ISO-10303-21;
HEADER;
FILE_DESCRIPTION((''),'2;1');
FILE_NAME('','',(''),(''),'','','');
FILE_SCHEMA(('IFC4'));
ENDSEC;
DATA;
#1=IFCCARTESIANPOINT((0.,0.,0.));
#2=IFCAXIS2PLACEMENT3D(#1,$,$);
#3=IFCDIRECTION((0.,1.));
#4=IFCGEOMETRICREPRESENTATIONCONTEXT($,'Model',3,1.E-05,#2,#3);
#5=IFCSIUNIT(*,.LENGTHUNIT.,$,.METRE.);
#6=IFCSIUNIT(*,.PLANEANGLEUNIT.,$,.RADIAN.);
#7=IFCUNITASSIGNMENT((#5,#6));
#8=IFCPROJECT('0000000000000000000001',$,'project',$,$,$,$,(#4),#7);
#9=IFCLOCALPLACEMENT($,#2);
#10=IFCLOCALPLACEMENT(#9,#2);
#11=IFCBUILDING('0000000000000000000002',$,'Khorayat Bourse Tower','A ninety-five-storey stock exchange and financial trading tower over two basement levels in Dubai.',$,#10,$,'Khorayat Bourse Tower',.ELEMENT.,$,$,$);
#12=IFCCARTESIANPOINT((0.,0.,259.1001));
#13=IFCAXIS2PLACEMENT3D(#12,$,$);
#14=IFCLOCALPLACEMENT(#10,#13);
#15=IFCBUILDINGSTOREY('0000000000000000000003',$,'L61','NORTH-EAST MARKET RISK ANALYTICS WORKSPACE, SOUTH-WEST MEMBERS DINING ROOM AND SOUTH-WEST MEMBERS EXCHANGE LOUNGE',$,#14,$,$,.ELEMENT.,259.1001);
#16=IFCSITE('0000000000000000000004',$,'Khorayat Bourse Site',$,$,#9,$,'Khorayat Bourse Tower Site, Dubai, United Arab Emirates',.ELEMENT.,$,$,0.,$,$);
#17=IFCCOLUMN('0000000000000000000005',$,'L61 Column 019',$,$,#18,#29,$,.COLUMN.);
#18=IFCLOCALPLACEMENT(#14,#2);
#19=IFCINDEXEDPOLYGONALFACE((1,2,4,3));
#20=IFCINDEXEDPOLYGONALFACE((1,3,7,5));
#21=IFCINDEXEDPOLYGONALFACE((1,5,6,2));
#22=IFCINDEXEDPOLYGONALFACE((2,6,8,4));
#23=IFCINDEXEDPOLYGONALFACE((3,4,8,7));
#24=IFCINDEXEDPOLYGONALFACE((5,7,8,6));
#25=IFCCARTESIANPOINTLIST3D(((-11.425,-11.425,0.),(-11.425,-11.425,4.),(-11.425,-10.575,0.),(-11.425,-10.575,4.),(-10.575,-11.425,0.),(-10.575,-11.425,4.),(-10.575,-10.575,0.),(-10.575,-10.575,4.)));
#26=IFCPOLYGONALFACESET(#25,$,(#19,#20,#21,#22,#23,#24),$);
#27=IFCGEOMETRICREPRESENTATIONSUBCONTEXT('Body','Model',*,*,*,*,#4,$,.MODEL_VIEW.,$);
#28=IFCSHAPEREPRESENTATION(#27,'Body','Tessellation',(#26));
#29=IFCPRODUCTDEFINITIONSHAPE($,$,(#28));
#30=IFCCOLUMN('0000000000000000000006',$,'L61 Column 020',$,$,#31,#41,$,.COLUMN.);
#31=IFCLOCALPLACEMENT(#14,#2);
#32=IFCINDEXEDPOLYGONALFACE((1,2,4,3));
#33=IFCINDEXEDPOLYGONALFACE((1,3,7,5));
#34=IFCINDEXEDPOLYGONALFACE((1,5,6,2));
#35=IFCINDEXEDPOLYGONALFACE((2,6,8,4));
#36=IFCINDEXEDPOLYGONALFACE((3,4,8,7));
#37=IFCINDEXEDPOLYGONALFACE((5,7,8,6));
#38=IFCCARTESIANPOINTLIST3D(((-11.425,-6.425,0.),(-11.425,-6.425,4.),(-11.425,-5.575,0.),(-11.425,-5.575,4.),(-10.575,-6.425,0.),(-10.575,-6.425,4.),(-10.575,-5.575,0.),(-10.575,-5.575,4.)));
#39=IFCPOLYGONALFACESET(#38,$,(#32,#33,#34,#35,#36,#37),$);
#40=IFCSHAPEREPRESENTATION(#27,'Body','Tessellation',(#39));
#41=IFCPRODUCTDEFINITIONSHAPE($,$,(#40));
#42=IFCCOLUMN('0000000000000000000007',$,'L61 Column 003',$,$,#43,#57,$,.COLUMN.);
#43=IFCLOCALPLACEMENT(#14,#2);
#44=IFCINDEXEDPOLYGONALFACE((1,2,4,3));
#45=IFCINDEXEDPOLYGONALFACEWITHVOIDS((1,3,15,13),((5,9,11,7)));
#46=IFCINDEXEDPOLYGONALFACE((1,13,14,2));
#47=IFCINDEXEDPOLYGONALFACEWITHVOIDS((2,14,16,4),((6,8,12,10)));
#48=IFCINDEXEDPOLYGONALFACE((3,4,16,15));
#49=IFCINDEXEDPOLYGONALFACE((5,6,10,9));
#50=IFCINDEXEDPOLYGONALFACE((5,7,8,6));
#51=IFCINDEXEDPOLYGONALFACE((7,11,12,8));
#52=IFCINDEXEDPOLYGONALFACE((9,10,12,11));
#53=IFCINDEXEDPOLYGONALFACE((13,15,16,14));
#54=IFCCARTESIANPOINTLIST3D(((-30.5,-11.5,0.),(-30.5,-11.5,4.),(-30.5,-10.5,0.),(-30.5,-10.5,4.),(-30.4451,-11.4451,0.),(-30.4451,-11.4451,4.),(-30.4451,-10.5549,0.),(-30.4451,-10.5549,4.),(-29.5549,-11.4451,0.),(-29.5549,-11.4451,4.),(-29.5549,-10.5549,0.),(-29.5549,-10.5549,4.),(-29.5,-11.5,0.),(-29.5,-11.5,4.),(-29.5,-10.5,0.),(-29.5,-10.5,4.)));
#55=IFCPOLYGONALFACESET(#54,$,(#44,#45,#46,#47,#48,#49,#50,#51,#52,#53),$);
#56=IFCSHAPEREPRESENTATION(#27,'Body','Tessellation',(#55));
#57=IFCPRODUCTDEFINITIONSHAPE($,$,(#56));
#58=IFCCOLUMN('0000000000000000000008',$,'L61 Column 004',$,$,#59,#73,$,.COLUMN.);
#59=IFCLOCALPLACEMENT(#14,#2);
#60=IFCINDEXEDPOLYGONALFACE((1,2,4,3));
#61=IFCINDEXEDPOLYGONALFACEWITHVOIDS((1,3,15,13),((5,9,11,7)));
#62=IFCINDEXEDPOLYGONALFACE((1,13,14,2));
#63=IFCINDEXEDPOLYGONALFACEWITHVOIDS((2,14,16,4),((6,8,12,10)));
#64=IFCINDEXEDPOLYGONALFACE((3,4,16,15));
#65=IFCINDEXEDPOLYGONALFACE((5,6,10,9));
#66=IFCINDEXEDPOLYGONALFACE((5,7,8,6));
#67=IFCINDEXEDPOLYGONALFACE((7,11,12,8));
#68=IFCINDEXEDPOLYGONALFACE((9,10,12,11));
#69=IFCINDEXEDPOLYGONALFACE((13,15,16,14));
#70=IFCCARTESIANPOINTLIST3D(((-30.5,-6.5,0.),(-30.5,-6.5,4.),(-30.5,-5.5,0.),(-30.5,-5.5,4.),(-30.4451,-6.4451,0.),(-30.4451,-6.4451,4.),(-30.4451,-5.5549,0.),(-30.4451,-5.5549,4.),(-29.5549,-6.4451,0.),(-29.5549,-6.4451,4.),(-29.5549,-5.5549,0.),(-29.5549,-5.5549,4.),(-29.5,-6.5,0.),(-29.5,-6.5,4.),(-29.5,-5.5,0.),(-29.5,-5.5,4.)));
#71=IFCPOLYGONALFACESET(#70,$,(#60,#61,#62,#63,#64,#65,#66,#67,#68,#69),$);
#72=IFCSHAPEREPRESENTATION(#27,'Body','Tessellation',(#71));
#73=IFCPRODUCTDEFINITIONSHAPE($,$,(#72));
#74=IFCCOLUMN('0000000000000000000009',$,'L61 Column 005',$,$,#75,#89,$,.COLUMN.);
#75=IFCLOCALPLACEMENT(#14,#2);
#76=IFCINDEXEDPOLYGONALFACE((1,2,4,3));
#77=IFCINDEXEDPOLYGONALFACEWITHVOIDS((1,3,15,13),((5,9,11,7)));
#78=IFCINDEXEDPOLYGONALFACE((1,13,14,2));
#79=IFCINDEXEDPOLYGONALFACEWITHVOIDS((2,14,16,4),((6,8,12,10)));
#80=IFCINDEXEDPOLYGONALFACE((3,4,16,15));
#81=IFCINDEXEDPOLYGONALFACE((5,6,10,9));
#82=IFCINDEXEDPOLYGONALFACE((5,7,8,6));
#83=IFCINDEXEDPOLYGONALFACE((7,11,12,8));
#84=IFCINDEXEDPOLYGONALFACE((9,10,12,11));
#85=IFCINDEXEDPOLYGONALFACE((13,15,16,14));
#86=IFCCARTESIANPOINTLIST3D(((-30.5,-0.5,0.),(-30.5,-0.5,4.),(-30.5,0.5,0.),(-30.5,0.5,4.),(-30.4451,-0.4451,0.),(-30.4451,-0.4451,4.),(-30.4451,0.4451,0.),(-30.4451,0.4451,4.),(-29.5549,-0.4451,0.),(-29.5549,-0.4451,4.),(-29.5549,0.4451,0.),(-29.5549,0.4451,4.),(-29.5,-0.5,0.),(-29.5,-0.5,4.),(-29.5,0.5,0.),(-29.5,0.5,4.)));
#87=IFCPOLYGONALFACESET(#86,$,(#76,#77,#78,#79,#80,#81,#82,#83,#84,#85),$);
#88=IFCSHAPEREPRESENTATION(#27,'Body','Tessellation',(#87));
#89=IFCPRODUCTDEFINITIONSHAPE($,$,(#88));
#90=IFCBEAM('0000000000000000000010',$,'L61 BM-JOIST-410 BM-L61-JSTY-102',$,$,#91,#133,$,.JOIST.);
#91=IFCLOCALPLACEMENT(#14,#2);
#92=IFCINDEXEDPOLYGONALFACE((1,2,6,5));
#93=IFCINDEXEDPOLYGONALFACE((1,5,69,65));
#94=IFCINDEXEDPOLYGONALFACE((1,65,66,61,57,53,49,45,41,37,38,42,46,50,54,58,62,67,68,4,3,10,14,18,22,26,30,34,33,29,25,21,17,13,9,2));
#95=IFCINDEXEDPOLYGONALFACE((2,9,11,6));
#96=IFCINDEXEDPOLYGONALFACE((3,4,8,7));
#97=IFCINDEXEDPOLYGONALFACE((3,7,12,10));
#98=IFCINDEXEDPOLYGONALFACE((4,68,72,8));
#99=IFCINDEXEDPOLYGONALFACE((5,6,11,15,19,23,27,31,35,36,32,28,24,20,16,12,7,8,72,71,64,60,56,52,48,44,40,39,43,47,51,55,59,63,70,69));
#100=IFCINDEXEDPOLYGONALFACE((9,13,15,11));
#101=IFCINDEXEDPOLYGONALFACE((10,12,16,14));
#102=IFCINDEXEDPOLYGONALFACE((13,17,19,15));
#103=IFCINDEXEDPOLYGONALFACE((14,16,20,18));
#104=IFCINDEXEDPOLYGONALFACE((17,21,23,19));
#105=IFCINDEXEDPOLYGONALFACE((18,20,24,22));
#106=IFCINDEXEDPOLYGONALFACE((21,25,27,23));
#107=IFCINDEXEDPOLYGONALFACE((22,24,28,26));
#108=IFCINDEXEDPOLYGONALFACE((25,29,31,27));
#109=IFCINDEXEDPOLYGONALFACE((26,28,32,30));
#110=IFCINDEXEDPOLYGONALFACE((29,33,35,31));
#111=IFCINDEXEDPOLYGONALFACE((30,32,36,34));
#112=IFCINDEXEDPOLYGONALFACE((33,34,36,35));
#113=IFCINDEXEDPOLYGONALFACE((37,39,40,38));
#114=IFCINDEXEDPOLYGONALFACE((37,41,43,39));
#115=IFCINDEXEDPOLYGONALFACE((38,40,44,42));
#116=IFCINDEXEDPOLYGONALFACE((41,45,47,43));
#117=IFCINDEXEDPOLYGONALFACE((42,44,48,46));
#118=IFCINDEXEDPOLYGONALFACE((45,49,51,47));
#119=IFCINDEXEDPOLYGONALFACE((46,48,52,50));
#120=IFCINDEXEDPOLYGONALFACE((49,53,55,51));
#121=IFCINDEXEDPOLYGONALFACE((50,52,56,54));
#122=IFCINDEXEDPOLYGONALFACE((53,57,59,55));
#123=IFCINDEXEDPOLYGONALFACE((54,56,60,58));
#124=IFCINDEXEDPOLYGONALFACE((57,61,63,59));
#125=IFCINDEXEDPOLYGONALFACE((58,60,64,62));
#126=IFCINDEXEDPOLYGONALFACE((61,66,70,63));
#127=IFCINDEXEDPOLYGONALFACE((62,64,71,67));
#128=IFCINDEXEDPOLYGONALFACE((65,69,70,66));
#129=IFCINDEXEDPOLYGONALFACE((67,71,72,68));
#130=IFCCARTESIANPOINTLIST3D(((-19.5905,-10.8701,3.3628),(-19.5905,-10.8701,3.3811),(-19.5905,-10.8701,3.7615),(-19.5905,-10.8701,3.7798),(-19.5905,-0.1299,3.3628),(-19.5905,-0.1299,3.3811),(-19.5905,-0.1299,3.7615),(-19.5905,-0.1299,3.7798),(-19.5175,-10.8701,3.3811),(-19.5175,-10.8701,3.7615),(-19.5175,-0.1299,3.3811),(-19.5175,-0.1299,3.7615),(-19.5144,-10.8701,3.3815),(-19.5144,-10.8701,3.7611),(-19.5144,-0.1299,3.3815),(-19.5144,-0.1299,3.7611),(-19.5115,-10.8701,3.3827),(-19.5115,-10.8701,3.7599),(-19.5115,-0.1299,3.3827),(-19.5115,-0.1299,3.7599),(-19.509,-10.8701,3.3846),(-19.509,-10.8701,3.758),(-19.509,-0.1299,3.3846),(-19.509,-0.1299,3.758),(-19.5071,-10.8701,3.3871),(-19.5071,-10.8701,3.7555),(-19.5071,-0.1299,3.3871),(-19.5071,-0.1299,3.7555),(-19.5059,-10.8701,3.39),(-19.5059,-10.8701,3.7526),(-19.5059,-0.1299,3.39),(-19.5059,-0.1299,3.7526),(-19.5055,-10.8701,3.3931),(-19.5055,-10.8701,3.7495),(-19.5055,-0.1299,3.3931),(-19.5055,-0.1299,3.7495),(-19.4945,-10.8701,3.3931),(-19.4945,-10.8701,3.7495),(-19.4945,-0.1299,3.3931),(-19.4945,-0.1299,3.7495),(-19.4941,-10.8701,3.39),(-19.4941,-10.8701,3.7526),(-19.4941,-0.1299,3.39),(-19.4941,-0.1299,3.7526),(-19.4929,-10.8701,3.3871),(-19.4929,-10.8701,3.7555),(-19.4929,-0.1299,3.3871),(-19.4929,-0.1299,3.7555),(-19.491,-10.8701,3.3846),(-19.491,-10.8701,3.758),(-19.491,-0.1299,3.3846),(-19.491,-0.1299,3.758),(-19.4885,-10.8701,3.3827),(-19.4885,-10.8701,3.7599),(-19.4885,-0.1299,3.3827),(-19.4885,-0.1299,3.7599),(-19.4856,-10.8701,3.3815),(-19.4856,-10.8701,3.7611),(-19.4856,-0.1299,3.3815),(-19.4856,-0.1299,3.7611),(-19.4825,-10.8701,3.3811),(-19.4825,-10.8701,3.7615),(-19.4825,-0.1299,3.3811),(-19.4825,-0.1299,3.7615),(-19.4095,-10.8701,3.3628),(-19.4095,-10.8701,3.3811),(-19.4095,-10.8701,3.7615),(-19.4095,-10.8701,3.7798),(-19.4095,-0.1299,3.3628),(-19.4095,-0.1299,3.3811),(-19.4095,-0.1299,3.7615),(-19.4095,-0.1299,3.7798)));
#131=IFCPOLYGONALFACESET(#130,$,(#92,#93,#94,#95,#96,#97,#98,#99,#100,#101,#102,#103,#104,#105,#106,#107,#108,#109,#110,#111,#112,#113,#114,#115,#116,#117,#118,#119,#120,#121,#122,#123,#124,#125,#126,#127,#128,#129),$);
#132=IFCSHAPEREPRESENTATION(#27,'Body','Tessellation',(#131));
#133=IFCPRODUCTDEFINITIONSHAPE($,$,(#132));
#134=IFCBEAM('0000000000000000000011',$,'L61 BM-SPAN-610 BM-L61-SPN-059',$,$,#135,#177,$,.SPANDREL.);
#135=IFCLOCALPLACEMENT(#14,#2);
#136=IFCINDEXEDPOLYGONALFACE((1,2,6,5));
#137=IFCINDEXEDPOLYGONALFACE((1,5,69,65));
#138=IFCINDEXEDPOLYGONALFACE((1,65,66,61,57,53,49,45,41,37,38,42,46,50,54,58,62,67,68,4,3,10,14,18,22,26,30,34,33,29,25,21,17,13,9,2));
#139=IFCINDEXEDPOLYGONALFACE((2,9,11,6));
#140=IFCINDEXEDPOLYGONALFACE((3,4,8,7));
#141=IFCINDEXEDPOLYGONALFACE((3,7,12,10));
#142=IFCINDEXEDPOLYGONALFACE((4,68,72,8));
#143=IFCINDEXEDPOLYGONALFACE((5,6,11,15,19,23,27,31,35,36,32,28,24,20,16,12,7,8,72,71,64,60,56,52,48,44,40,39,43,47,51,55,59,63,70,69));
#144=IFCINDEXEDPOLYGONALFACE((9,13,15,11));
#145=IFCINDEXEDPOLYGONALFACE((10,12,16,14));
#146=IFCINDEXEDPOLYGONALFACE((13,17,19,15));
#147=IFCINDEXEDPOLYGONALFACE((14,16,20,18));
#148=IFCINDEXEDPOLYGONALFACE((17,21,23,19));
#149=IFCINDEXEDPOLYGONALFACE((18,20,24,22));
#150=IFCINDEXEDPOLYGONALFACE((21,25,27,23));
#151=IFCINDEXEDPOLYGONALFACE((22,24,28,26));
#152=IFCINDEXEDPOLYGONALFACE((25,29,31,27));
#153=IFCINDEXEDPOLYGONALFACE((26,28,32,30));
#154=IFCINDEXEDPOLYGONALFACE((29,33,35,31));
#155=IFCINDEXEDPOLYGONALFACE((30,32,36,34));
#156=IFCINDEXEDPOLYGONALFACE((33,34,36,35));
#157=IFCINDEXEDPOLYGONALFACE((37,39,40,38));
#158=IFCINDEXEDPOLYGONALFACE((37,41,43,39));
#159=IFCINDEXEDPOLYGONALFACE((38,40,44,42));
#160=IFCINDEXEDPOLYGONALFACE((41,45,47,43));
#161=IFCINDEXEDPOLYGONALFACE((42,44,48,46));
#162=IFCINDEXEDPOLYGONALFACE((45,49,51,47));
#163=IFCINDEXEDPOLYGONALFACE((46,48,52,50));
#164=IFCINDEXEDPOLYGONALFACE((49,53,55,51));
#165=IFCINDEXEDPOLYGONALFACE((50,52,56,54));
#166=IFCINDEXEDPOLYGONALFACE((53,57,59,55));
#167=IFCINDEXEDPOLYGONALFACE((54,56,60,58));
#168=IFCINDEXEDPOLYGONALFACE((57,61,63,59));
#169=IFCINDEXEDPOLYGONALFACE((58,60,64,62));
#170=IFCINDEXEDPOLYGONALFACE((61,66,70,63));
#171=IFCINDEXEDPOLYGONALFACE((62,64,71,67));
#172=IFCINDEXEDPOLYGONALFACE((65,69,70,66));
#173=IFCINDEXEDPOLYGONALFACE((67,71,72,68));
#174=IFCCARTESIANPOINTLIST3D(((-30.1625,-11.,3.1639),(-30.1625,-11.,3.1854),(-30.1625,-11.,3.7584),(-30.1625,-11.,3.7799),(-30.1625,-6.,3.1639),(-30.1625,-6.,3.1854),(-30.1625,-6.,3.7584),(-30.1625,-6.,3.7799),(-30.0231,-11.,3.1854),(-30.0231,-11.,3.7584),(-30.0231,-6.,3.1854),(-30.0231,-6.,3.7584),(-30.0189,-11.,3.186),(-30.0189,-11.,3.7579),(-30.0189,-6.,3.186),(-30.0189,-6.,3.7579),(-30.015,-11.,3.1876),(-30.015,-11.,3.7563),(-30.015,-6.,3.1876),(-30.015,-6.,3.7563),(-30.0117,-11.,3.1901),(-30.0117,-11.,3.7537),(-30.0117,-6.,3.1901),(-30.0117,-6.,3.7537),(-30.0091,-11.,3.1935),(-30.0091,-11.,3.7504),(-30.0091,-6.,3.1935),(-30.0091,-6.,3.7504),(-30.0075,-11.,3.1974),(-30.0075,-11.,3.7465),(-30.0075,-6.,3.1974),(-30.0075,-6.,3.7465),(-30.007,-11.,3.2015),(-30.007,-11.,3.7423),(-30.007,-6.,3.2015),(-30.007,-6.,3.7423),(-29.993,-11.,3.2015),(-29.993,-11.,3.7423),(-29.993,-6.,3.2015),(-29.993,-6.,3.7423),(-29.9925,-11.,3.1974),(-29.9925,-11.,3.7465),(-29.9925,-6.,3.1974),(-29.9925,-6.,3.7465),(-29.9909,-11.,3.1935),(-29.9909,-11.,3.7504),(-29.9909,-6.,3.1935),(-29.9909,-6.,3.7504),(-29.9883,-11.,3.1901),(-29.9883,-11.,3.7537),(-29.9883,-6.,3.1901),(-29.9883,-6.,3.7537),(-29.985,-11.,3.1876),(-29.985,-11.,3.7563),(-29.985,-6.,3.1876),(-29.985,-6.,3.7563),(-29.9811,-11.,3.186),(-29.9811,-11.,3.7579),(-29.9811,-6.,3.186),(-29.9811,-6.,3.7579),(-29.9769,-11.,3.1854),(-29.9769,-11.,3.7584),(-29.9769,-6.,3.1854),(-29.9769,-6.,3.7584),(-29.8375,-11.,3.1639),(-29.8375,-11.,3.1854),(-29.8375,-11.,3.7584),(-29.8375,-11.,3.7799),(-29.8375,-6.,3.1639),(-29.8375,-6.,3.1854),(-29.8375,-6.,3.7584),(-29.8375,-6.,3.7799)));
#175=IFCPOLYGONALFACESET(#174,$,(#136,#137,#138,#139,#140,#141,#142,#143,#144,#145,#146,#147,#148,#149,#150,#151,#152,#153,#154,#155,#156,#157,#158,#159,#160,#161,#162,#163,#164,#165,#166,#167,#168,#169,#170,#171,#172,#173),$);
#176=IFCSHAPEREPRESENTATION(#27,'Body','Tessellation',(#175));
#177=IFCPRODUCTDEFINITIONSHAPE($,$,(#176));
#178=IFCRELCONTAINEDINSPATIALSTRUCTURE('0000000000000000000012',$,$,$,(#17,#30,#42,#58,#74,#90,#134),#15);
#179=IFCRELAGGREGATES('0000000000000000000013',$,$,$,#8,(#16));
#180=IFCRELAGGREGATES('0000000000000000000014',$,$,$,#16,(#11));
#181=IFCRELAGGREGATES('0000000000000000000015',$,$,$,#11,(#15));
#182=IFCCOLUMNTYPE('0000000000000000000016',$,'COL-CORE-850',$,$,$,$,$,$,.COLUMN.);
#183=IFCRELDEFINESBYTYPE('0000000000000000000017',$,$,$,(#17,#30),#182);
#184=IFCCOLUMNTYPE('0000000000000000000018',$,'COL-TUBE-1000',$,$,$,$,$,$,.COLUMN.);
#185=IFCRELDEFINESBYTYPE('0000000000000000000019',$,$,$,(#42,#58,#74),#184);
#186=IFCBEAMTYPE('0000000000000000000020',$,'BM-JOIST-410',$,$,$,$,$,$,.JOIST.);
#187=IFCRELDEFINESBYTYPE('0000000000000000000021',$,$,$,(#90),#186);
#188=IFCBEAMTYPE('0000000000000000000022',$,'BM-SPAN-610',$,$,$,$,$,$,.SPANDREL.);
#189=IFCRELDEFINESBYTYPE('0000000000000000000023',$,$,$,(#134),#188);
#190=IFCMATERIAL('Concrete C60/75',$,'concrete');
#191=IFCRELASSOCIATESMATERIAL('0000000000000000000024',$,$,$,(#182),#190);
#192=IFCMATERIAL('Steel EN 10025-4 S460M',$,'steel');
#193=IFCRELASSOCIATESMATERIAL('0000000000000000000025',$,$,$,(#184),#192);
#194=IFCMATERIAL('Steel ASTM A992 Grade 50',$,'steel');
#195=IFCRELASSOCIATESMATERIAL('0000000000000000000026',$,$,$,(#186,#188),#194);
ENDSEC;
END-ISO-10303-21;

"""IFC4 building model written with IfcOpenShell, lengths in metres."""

from ifc_helpers import new_model, si_unit, direction, frame, origin, origin_2d, place, context, subcontext, project, spatial, rectangle, hollow_rectangle, i_section, extrude, source, transform, mapped, material, material_profile, profile_set, type_object, element, save


model = new_model("IFC4")

# Units and contexts
model_context = context("Model", 3, precision=1e-05, world=origin(), true_north=direction((0.0, 1.0)))
body_context = subcontext(model_context, "Body", "Model", "MODEL_VIEW")
ifc_project = project(units=[si_unit("LENGTHUNIT", "METRE"), si_unit("PLANEANGLEUNIT", "RADIAN")], contexts=[model_context])

# Site, building, storey
site_placement = place(None, origin())
site = spatial("IfcSite", under=ifc_project, at=site_placement, Name="Khorayat Bourse Site", LongName="Khorayat Bourse Tower Site, Dubai, United Arab Emirates", CompositionType="ELEMENT", RefElevation=0.0)
building_placement = place(site_placement, origin())
building = spatial("IfcBuilding", under=site, at=building_placement, Name="Khorayat Bourse Tower", Description="A ninety-five-storey stock exchange and financial trading tower over two basement levels in Dubai.", LongName="Khorayat Bourse Tower", CompositionType="ELEMENT")
storey_placement = place(building_placement, frame((0.0, 0.0, 259.1001)))
storey = spatial("IfcBuildingStorey", under=building, at=storey_placement, Name="L61", Description="NORTH-EAST MARKET RISK ANALYTICS WORKSPACE, SOUTH-WEST MEMBERS DINING ROOM AND SOUTH-WEST MEMBERS EXCHANGE LOUNGE", CompositionType="ELEMENT", Elevation=259.1001)

# Columns
ifc_material_1 = material(Name="Concrete C60/75", Category="concrete")
ifc_material_profile_1 = material_profile(ifc_material_1, rectangle(XDim=0.8501, YDim=0.8501, at=origin_2d()), Name="RC 850x850")
ifc_profile_set_1 = profile_set([ifc_material_profile_1], Name="Concrete C60/75")
column_type_1 = type_object("IfcColumnType", Name="COL-CORE-850", PredefinedType="COLUMN", material=ifc_profile_set_1)
shared_shape_1 = source(origin(), body_context, "Body", "SweptSolid", [
    extrude(rectangle(XDim=0.8501, YDim=0.8501, at=origin_2d()), origin(), (0.0, 0.0, 1.0), 4.0),
])
for number, where, z_axis, x_axis, name in (
    (1, (-11.0, -11.0, 0.0), (0.0, 0.0, 1.0), (1.0, 0.0, 0.0), "L61 Column 019"),
    (2, (-11.0, -6.0, 0.0), (0.0, 0.0, 1.0), (1.0, 0.0, 0.0), "L61 Column 020"),
):
    element("IfcColumn", number, at=place(storey_placement, frame(where, z_axis=z_axis, x_axis=x_axis)), inside=storey, type_object=column_type_1, Name=name, PredefinedType="COLUMN", context=body_context, shape_type="MappedRepresentation", body=[
        mapped(shared_shape_1, transform((0.0, 0.0, 0.0), scale=1.0)),
    ])
ifc_material_2 = material(Name="Steel EN 10025-4 S460M", Category="steel")
ifc_material_profile_2 = material_profile(ifc_material_2, hollow_rectangle(XDim=1.0, YDim=1.0, WallThickness=0.0549, at=origin_2d()), Name="BOX 1000x1000x55")
ifc_profile_set_2 = profile_set([ifc_material_profile_2], Name="Steel EN 10025-4 S460M")
column_type_2 = type_object("IfcColumnType", Name="COL-TUBE-1000", PredefinedType="COLUMN", material=ifc_profile_set_2)
shared_shape_2 = source(origin(), body_context, "Body", "SweptSolid", [
    extrude(hollow_rectangle(XDim=1.0, YDim=1.0, WallThickness=0.0549, at=origin_2d()), origin(), (0.0, 0.0, 1.0), 4.0),
])
for number, where, z_axis, x_axis, name in (
    (3, (-30.0, -11.0, 0.0), (0.0, 0.0, 1.0), (1.0, 0.0, 0.0), "L61 Column 003"),
    (4, (-30.0, -6.0, 0.0), (0.0, 0.0, 1.0), (1.0, 0.0, 0.0), "L61 Column 004"),
    (5, (-30.0, 0.0, 0.0), (0.0, 0.0, 1.0), (1.0, 0.0, 0.0), "L61 Column 005"),
):
    element("IfcColumn", number, at=place(storey_placement, frame(where, z_axis=z_axis, x_axis=x_axis)), inside=storey, type_object=column_type_2, Name=name, PredefinedType="COLUMN", context=body_context, shape_type="MappedRepresentation", body=[
        mapped(shared_shape_2, transform((0.0, 0.0, 0.0), scale=1.0)),
    ])

# Beams
ifc_material_3 = material(Name="Steel ASTM A992 Grade 50", Category="steel")
ifc_material_profile_3 = material_profile(ifc_material_3, i_section(OverallWidth=0.1809, OverallDepth=0.417, WebThickness=0.011, FlangeThickness=0.0183, FilletRadius=0.012, at=origin_2d()), Name="W410X85")
ifc_profile_set_3 = profile_set([ifc_material_profile_3], Name="Steel ASTM A992 Grade 50")
beam_type_1 = type_object("IfcBeamType", Name="BM-JOIST-410", PredefinedType="JOIST", material=ifc_profile_set_3)
shared_shape_3 = source(origin(), body_context, "Body", "SweptSolid", [
    extrude(i_section(OverallWidth=0.1809, OverallDepth=0.417, WebThickness=0.011, FlangeThickness=0.0183, FilletRadius=0.012, at=origin_2d()), origin(), (0.0, 0.0, 1.0), 10.7402),
])
beam_1_placement = place(storey_placement, frame((-19.5, -10.8701, 3.5713), z_axis=(0.0, 1.0, 0.0), x_axis=(-1.0, 0.0, 0.0)))
element("IfcBeam", 6, at=beam_1_placement, inside=storey, type_object=beam_type_1, Name="L61 BM-JOIST-410 BM-L61-JSTY-102", PredefinedType="JOIST", context=body_context, shape_type="MappedRepresentation", body=[
    mapped(shared_shape_3, transform((0.0, 0.0, 0.0), scale=1.0)),
])
ifc_material_profile_4 = material_profile(ifc_material_3, i_section(OverallWidth=0.325, OverallDepth=0.616, WebThickness=0.0139, FlangeThickness=0.0215, FilletRadius=0.0161, at=origin_2d()), Name="W610X174")
ifc_profile_set_4 = profile_set([ifc_material_profile_4], Name="Steel ASTM A992 Grade 50")
beam_type_2 = type_object("IfcBeamType", Name="BM-SPAN-610", PredefinedType="SPANDREL", material=ifc_profile_set_4)
shared_shape_4 = source(origin(), body_context, "Body", "SweptSolid", [
    extrude(i_section(OverallWidth=0.325, OverallDepth=0.616, WebThickness=0.0139, FlangeThickness=0.0215, FilletRadius=0.0161, at=origin_2d()), origin(), (0.0, 0.0, 1.0), 5.0),
])
beam_2_placement = place(storey_placement, frame((-30.0, -11.0, 3.4719), z_axis=(0.0, 1.0, 0.0), x_axis=(-1.0, 0.0, 0.0)))
element("IfcBeam", 7, at=beam_2_placement, inside=storey, type_object=beam_type_2, Name="L61 BM-SPAN-610 BM-L61-SPN-059", PredefinedType="SPANDREL", context=body_context, shape_type="MappedRepresentation", body=[
    mapped(shared_shape_4, transform((0.0, 0.0, 0.0), scale=1.0)),
])

save(model, "model.ifc")
